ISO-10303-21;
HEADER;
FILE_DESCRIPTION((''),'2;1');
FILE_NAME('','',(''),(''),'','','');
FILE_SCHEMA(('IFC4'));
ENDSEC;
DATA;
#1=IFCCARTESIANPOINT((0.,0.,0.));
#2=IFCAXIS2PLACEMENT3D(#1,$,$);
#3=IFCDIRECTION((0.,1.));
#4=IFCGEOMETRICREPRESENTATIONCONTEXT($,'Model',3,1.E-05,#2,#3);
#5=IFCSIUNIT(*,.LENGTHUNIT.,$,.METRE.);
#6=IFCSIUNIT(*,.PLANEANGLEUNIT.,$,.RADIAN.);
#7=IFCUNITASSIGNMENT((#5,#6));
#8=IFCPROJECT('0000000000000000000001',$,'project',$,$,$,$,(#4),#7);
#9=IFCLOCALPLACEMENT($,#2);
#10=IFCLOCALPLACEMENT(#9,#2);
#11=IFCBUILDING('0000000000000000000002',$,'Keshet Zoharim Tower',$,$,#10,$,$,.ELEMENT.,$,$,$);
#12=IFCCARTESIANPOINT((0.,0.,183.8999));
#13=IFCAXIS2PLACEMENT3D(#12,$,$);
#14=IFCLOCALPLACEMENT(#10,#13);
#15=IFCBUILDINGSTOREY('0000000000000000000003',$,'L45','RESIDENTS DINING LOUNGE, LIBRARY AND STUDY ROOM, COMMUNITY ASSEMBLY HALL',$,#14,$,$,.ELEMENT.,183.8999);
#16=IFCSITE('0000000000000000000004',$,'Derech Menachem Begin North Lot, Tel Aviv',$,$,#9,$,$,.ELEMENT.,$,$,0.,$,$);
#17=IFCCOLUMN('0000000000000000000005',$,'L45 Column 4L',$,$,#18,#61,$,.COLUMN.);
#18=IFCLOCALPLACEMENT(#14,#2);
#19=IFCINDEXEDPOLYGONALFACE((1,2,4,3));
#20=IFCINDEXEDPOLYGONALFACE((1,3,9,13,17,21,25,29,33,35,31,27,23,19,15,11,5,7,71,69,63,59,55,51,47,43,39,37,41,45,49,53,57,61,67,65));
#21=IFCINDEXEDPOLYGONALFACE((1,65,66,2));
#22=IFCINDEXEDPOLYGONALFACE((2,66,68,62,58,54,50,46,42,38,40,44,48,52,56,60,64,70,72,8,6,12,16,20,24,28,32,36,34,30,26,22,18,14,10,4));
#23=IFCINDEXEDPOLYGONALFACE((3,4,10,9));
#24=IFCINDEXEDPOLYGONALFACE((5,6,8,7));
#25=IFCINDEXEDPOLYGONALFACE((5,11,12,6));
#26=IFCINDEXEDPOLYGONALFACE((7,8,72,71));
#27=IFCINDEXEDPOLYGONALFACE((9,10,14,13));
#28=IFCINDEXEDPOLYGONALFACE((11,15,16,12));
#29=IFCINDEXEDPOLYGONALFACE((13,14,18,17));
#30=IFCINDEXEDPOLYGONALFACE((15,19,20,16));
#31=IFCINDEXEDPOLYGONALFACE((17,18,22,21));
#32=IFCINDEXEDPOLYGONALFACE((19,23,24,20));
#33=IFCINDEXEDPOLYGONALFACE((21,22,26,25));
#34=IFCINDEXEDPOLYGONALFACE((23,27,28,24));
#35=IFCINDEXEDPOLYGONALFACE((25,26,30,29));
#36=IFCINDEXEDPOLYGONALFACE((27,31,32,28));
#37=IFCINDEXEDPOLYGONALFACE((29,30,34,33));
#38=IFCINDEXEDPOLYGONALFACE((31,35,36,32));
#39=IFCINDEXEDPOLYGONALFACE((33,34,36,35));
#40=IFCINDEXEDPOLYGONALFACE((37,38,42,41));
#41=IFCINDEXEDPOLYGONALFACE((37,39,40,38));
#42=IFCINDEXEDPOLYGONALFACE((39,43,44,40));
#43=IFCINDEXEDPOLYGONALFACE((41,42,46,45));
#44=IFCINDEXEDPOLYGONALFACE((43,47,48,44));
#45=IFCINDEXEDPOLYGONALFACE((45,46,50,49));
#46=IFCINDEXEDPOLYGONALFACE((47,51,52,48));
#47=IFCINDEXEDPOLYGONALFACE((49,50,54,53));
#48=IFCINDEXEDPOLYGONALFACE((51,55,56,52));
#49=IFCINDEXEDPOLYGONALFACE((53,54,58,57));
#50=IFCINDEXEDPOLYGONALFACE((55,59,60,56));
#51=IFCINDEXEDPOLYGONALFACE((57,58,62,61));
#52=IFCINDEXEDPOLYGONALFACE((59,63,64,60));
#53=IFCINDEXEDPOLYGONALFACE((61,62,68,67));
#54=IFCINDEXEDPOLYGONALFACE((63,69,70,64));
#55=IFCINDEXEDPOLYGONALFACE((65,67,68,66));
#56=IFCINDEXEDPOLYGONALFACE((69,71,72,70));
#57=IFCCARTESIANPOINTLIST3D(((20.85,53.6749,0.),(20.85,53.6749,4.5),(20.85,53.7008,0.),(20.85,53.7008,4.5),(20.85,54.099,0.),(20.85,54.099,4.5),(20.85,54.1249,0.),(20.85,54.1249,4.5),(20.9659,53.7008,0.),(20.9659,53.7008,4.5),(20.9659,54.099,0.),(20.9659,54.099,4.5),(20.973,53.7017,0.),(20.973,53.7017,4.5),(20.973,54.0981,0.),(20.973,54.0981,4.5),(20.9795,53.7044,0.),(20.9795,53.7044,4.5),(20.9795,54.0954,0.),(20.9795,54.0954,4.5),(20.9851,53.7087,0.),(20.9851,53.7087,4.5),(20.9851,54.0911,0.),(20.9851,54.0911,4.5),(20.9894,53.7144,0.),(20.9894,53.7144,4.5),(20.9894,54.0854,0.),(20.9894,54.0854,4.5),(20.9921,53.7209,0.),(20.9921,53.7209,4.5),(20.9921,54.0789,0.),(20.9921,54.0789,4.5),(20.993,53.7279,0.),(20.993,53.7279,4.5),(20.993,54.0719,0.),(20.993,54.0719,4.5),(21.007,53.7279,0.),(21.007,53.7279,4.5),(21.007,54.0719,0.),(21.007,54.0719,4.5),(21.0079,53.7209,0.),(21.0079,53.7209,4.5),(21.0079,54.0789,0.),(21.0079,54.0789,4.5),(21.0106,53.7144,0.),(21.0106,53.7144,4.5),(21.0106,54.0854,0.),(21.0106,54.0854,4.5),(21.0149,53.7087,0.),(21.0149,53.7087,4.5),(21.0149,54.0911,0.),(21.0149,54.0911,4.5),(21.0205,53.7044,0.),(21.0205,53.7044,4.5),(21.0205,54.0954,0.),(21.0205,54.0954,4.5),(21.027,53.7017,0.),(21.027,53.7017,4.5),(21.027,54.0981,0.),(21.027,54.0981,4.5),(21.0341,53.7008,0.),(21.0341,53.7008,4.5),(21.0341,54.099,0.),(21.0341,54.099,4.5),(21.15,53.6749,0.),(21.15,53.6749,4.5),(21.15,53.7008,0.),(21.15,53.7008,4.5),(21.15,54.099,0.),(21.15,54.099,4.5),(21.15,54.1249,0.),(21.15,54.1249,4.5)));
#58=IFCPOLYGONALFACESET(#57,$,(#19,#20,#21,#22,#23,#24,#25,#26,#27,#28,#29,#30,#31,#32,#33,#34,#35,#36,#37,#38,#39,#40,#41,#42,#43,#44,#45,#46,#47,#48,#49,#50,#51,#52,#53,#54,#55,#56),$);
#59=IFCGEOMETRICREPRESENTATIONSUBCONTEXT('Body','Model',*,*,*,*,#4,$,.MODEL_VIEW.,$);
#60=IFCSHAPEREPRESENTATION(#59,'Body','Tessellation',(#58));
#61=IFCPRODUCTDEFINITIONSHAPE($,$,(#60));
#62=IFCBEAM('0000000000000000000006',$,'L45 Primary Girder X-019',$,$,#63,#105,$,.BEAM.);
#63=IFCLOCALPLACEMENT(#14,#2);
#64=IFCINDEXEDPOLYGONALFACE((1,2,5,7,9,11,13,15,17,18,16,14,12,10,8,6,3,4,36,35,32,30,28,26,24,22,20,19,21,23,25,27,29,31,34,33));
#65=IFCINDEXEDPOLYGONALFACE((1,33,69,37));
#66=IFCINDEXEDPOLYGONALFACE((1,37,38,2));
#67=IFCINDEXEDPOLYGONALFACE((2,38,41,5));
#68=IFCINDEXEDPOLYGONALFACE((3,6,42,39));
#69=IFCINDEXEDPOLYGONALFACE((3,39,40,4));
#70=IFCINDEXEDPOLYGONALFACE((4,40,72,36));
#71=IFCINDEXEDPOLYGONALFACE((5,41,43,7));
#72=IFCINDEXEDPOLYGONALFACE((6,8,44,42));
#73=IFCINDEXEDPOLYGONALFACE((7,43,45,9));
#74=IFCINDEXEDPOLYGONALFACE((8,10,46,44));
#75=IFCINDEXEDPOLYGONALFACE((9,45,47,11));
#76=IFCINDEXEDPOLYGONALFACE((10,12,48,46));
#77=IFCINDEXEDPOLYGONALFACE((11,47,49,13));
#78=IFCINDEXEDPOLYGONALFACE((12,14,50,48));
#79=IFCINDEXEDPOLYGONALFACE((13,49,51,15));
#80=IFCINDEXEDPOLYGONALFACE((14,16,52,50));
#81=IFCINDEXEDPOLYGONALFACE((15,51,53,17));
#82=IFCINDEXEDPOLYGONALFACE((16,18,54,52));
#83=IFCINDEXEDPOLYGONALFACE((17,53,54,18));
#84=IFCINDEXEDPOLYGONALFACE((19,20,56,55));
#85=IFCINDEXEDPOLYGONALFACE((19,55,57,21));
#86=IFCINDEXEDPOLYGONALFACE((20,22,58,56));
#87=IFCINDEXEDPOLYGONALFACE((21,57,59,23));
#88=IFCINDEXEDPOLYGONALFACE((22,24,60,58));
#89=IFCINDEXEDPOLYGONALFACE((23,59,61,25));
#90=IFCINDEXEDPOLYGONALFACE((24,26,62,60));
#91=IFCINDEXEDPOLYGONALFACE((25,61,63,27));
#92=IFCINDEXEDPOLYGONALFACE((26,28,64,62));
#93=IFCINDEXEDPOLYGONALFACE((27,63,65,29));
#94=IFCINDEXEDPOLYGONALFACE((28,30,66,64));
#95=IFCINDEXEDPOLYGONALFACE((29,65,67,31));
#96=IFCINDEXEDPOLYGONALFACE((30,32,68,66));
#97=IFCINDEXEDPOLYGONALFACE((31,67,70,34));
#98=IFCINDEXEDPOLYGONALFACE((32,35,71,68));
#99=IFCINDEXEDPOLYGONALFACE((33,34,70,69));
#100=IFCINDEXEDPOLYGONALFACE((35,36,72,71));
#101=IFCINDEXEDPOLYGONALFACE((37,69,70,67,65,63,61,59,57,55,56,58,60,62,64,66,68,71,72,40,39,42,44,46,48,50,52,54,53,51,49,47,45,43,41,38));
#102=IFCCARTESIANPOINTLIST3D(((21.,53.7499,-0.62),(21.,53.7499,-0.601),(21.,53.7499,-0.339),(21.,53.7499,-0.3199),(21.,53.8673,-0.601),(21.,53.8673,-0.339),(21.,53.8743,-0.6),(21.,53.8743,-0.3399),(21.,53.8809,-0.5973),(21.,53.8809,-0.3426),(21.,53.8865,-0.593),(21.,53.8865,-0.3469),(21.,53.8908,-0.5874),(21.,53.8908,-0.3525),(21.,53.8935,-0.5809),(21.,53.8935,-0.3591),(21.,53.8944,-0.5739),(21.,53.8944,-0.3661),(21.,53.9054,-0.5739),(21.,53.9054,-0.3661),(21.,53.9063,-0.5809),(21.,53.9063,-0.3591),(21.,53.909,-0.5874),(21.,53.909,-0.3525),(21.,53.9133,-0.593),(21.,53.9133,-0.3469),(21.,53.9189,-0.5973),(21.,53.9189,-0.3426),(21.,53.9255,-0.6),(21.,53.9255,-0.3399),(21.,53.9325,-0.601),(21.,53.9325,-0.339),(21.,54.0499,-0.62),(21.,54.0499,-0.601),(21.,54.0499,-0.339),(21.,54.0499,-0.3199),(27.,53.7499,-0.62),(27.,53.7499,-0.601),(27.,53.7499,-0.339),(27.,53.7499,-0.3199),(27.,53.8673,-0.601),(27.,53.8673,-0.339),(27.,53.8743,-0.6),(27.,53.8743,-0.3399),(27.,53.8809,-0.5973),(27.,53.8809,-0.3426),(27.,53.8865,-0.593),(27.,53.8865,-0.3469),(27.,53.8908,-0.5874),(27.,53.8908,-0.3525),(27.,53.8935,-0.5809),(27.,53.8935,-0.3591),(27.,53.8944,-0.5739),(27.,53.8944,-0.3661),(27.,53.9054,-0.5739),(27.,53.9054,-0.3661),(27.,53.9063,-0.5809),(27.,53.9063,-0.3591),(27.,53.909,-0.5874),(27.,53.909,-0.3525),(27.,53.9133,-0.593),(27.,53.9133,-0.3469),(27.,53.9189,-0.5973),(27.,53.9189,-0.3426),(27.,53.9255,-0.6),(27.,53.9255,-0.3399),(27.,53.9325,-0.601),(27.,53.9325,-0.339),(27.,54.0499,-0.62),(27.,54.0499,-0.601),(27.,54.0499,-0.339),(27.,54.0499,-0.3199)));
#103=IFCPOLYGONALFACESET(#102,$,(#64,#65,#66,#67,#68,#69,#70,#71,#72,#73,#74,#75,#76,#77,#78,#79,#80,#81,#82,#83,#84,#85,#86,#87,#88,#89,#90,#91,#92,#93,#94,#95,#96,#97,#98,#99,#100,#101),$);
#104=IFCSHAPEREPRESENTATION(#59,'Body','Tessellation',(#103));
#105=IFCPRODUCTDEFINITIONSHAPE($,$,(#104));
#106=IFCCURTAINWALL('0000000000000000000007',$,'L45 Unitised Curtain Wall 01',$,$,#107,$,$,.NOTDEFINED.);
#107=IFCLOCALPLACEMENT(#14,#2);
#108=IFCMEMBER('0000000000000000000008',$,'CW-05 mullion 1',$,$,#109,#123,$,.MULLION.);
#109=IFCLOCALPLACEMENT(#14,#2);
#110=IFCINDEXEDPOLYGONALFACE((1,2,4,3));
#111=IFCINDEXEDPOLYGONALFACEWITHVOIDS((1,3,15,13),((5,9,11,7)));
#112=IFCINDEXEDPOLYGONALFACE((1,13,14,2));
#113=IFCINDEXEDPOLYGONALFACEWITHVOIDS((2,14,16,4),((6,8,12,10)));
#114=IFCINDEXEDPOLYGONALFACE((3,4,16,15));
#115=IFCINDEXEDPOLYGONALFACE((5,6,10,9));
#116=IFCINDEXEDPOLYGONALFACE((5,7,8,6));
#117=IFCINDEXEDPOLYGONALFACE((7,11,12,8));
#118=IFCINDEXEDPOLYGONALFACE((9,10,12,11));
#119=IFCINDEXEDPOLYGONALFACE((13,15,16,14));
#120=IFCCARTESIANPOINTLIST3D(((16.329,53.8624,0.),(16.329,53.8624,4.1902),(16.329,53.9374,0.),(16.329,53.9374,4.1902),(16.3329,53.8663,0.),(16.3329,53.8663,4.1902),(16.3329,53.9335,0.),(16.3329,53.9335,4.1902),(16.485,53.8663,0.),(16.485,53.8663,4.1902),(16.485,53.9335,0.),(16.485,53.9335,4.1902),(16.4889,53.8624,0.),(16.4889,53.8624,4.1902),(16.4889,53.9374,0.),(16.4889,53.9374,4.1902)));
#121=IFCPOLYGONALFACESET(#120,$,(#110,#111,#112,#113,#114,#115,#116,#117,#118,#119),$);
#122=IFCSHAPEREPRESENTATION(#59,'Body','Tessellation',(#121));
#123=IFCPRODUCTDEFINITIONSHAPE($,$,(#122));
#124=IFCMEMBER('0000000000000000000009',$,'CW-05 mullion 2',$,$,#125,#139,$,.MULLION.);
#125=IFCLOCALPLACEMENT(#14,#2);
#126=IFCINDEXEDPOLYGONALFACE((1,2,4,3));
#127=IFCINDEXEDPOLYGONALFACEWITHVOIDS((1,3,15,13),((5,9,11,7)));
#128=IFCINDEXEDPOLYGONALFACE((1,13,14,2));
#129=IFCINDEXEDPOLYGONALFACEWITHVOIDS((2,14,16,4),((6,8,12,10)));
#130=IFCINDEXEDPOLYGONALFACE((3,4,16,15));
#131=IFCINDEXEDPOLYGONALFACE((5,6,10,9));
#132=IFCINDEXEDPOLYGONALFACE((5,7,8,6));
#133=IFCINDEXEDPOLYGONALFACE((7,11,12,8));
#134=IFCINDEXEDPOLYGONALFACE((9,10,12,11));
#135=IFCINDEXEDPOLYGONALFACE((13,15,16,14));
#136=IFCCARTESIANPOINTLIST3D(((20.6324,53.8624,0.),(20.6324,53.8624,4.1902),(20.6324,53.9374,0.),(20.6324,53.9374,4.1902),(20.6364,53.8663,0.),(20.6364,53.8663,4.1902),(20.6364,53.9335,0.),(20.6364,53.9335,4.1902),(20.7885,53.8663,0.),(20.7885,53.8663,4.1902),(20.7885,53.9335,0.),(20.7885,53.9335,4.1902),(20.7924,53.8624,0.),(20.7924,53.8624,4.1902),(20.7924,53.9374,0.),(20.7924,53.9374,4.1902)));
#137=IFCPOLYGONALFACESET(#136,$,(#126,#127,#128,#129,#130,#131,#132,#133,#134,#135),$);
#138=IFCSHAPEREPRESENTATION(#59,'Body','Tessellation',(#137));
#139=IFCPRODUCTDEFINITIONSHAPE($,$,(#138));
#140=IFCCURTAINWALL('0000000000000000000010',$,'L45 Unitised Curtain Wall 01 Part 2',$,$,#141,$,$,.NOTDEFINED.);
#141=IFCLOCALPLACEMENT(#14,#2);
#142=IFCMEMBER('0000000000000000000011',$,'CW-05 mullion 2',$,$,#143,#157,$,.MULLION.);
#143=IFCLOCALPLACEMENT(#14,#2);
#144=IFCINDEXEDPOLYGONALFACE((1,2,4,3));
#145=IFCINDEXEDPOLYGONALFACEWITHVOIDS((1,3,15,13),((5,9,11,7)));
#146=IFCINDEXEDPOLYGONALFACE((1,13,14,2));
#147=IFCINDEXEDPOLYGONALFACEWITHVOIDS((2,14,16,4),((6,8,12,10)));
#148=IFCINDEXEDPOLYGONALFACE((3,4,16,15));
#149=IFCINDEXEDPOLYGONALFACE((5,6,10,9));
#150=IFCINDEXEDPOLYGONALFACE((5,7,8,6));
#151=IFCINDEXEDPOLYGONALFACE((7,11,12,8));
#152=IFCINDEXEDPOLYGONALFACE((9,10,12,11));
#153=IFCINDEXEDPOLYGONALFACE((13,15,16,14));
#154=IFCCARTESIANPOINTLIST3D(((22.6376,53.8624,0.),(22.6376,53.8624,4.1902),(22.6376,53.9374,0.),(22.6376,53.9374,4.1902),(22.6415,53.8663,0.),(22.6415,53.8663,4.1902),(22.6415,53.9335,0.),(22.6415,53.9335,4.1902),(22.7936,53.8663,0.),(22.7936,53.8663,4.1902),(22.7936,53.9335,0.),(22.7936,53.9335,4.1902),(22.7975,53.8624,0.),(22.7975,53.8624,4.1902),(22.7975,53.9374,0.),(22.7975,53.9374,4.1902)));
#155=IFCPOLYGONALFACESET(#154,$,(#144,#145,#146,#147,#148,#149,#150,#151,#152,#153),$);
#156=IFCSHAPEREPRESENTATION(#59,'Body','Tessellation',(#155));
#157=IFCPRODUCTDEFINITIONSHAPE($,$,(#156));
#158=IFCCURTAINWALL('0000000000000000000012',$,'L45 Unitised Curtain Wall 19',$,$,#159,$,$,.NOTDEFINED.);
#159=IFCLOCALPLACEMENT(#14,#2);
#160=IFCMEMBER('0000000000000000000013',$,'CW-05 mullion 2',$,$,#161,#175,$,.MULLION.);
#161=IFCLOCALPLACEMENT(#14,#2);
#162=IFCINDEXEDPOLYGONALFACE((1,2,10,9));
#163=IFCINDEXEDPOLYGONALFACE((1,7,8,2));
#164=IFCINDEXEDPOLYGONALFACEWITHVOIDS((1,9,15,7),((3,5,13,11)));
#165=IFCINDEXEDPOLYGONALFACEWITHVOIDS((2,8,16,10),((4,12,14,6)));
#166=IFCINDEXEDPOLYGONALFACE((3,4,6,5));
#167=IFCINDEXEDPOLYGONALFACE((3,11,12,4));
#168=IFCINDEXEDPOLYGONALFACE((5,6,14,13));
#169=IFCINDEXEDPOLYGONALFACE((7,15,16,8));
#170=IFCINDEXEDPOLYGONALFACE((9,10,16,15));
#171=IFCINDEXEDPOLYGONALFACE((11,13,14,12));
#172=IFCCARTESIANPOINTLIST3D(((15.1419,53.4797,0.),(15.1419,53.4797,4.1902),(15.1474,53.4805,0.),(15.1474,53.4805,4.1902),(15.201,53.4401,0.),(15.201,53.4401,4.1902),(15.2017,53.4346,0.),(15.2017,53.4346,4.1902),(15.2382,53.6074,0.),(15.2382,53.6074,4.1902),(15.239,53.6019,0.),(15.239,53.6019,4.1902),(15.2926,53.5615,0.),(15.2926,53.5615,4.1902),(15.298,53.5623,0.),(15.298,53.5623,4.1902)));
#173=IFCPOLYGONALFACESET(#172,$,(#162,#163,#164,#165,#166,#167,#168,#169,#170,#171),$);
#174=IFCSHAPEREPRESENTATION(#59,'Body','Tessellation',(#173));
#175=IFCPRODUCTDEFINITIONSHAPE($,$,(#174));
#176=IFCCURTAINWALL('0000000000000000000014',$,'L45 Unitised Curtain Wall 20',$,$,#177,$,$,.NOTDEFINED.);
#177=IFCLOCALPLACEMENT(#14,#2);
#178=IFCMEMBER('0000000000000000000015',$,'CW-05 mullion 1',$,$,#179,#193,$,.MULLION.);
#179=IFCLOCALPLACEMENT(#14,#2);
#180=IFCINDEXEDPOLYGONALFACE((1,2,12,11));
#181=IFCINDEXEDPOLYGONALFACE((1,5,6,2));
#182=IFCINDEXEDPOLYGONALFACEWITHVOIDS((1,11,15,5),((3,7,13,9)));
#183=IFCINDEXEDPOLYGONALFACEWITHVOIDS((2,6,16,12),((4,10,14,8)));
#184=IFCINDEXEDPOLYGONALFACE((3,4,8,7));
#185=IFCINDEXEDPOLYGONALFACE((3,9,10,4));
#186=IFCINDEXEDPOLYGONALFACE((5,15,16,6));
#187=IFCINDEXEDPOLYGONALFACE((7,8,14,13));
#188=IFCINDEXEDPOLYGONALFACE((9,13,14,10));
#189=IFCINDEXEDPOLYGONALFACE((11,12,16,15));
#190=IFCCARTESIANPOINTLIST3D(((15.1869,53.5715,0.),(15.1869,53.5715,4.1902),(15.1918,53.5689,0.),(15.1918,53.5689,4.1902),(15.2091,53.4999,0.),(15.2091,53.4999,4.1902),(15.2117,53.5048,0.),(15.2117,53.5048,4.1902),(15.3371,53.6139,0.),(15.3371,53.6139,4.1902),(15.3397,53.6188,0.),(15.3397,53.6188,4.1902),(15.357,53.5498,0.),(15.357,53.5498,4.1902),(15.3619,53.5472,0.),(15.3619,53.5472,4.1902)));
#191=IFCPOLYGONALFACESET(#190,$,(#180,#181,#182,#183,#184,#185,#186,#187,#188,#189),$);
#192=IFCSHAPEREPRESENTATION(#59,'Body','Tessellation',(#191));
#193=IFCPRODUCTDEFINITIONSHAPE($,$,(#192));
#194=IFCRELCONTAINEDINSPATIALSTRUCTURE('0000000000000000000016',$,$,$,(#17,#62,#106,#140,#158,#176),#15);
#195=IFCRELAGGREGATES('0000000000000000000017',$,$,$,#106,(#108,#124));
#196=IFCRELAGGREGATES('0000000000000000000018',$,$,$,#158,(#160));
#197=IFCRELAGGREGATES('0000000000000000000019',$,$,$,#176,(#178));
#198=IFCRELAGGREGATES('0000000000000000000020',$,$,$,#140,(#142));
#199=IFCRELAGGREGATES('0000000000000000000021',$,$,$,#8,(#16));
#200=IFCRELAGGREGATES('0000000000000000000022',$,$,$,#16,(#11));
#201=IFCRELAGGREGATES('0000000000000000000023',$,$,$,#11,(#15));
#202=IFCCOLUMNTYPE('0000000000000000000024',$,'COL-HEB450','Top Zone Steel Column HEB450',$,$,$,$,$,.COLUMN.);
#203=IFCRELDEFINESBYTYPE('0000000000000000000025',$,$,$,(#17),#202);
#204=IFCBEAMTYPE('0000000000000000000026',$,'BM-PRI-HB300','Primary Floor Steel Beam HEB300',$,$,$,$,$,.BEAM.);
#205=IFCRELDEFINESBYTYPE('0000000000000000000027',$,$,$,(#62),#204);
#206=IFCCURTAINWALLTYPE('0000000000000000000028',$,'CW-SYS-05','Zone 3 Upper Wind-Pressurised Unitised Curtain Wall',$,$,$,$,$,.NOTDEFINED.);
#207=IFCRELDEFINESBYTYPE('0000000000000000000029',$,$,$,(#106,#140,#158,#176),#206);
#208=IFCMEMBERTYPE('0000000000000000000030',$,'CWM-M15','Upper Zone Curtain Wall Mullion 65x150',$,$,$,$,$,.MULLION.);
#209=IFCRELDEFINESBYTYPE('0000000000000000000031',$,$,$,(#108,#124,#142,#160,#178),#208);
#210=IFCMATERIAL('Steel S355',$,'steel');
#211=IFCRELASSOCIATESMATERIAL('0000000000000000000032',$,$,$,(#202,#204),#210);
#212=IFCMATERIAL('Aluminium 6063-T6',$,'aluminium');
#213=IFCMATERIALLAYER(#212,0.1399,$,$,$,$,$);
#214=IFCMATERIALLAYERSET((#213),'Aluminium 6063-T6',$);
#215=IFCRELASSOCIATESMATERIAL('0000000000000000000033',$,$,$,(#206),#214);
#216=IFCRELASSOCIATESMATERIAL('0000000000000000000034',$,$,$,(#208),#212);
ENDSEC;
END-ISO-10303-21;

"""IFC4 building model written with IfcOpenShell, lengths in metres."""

from ifc_helpers import new_model, si_unit, direction, frame, origin, origin_2d, place, context, subcontext, project, spatial, hollow_rectangle, i_section, extrude, material, layer, layer_set, material_profile, profile_set, type_object, element, aggregate, save


model = new_model("IFC4")

# Units and contexts
model_context = context("Model", 3, precision=1e-05, world=origin(), true_north=direction((0.0, 1.0)))
body_context = subcontext(model_context, "Body", "Model", "MODEL_VIEW")
ifc_project = project(units=[si_unit("LENGTHUNIT", "METRE"), si_unit("PLANEANGLEUNIT", "RADIAN")], contexts=[model_context])

# Site, building, storey
site_placement = place(None, origin())
site = spatial("IfcSite", under=ifc_project, at=site_placement, Name="Derech Menachem Begin North Lot, Tel Aviv", CompositionType="ELEMENT", RefElevation=0.0)
building_placement = place(site_placement, origin())
building = spatial("IfcBuilding", under=site, at=building_placement, Name="Keshet Zoharim Tower", CompositionType="ELEMENT")
storey_placement = place(building_placement, frame((0.0, 0.0, 183.8999)))
storey = spatial("IfcBuildingStorey", under=building, at=storey_placement, Name="L45", Description="RESIDENTS DINING LOUNGE, LIBRARY AND STUDY ROOM, COMMUNITY ASSEMBLY HALL", CompositionType="ELEMENT", Elevation=183.8999)

# Column
ifc_material_1 = material(Name="Steel S355", Category="steel")
ifc_material_profile_1 = material_profile(ifc_material_1, i_section(OverallWidth=0.3, OverallDepth=0.45, WebThickness=0.0139, FlangeThickness=0.0259, FilletRadius=0.0271, at=origin_2d()), Name="HEB450")
ifc_profile_set_1 = profile_set([ifc_material_profile_1], Name="Steel S355")
column_type = type_object("IfcColumnType", Name="COL-HEB450", Description="Top Zone Steel Column HEB450", PredefinedType="COLUMN", material=ifc_profile_set_1)
column_placement = place(storey_placement, frame((21.0, 53.8999, 0.0), z_axis=(0.0, 0.0, 1.0), x_axis=(1.0, 0.0, 0.0)))
element("IfcColumn", 1, at=column_placement, inside=storey, type_object=column_type, Name="L45 Column 4L", PredefinedType="COLUMN", context=body_context, shape_type="SweptSolid", body=[
    extrude(i_section(OverallWidth=0.3, OverallDepth=0.45, WebThickness=0.0139, FlangeThickness=0.0259, FilletRadius=0.0271, at=origin_2d()), origin(), (0.0, 0.0, 1.0), 4.5),
])

# Beam
ifc_material_profile_2 = material_profile(ifc_material_1, i_section(OverallWidth=0.3, OverallDepth=0.3, WebThickness=0.011, FlangeThickness=0.019, FilletRadius=0.0271, at=origin_2d()), Name="HEB300")
ifc_profile_set_2 = profile_set([ifc_material_profile_2], Name="Steel S355")
beam_type = type_object("IfcBeamType", Name="BM-PRI-HB300", Description="Primary Floor Steel Beam HEB300", PredefinedType="BEAM", material=ifc_profile_set_2)
beam_placement = place(storey_placement, frame((21.0, 53.8999, -0.47), z_axis=(1.0, 0.0, 0.0), x_axis=(0.0, 1.0, 0.0)))
element("IfcBeam", 2, at=beam_placement, inside=storey, type_object=beam_type, Name="L45 Primary Girder X-019", PredefinedType="BEAM", context=body_context, shape_type="SweptSolid", body=[
    extrude(i_section(OverallWidth=0.3, OverallDepth=0.3, WebThickness=0.011, FlangeThickness=0.019, FilletRadius=0.0271, at=origin_2d()), origin(), (0.0, 0.0, 1.0), 6.0),
])

# Curtain wall, members
ifc_material_2 = material(Name="Aluminium 6063-T6", Category="aluminium")
ifc_layer_1 = layer(ifc_material_2, 0.1399)
ifc_layer_set_1 = layer_set([ifc_layer_1], Name="Aluminium 6063-T6")
curtain_wall_type = type_object("IfcCurtainWallType", Name="CW-SYS-05", Description="Zone 3 Upper Wind-Pressurised Unitised Curtain Wall", PredefinedType="NOTDEFINED", material=ifc_layer_set_1)
curtain_wall_1_placement = place(storey_placement, origin())
curtain_wall_1 = element("IfcCurtainWall", 3, at=curtain_wall_1_placement, inside=storey, type_object=curtain_wall_type, Name="L45 Unitised Curtain Wall 01", PredefinedType="NOTDEFINED")
ifc_material_profile_3 = material_profile(ifc_material_2, hollow_rectangle(XDim=0.075, YDim=0.1599, WallThickness=0.0039, at=origin_2d()), Name="MUL-75x160")
ifc_profile_set_3 = profile_set([ifc_material_profile_3], Name="Aluminium 6063-T6")
member_type_1 = type_object("IfcMemberType", Name="CWM-M15", Description="Upper Zone Curtain Wall Mullion 65x150", PredefinedType="MULLION", material=ifc_profile_set_3)
member_1_placement = place(storey_placement, frame((16.4089, 53.8999, 0.0), z_axis=(0.0, 0.0, 1.0), x_axis=(0.0, 1.0, 0.0)))
member_1 = element("IfcMember", 4, at=member_1_placement, type_object=member_type_1, Name="CW-05 mullion 1", PredefinedType="MULLION", context=body_context, shape_type="SweptSolid", body=[
    extrude(hollow_rectangle(XDim=0.075, YDim=0.1599, WallThickness=0.0039, at=origin_2d()), origin(), (0.0, 0.0, 1.0), 4.1902),
])
member_2_placement = place(storey_placement, frame((20.7124, 53.8999, 0.0), z_axis=(0.0, 0.0, 1.0), x_axis=(0.0, 1.0, 0.0)))
member_2 = element("IfcMember", 5, at=member_2_placement, type_object=member_type_1, Name="CW-05 mullion 2", PredefinedType="MULLION", context=body_context, shape_type="SweptSolid", body=[
    extrude(hollow_rectangle(XDim=0.075, YDim=0.1599, WallThickness=0.0039, at=origin_2d()), origin(), (0.0, 0.0, 1.0), 4.1902),
])

# Curtain walls, members
curtain_wall_2_placement = place(storey_placement, origin())
curtain_wall_2 = element("IfcCurtainWall", 6, at=curtain_wall_2_placement, inside=storey, type_object=curtain_wall_type, Name="L45 Unitised Curtain Wall 01 Part 2", PredefinedType="NOTDEFINED")
member_3_placement = place(storey_placement, frame((22.7175, 53.8999, 0.0), z_axis=(0.0, 0.0, 1.0), x_axis=(0.0, 1.0, 0.0)))
member_3 = element("IfcMember", 7, at=member_3_placement, type_object=member_type_1, Name="CW-05 mullion 2", PredefinedType="MULLION", context=body_context, shape_type="SweptSolid", body=[
    extrude(hollow_rectangle(XDim=0.075, YDim=0.1599, WallThickness=0.0039, at=origin_2d()), origin(), (0.0, 0.0, 1.0), 4.1902),
])
curtain_wall_3_placement = place(storey_placement, origin())
curtain_wall_3 = element("IfcCurtainWall", 8, at=curtain_wall_3_placement, inside=storey, type_object=curtain_wall_type, Name="L45 Unitised Curtain Wall 19", PredefinedType="NOTDEFINED")
member_4_placement = place(storey_placement, frame((15.22, 53.521, 0.0), z_axis=(0.0, 0.0, 1.0), x_axis=(-0.798362, 0.602178, 0.0)))
member_4 = element("IfcMember", 9, at=member_4_placement, type_object=member_type_1, Name="CW-05 mullion 2", PredefinedType="MULLION", context=body_context, shape_type="SweptSolid", body=[
    extrude(hollow_rectangle(XDim=0.075, YDim=0.1599, WallThickness=0.0039, at=origin_2d()), origin(), (0.0, 0.0, 1.0), 4.1902),
])

# Curtain wall, member
curtain_wall_4_placement = place(storey_placement, origin())
curtain_wall_4 = element("IfcCurtainWall", 10, at=curtain_wall_4_placement, inside=storey, type_object=curtain_wall_type, Name="L45 Unitised Curtain Wall 20", PredefinedType="NOTDEFINED")
member_5_placement = place(storey_placement, frame((15.2744, 53.5593, 0.0), z_axis=(0.0, 0.0, 1.0), x_axis=(-0.295922, 0.955212, 0.0)))
member_5 = element("IfcMember", 11, at=member_5_placement, type_object=member_type_1, Name="CW-05 mullion 1", PredefinedType="MULLION", context=body_context, shape_type="SweptSolid", body=[
    extrude(hollow_rectangle(XDim=0.075, YDim=0.1599, WallThickness=0.0039, at=origin_2d()), origin(), (0.0, 0.0, 1.0), 4.1902),
])

aggregate(curtain_wall_1, [member_1, member_2])
aggregate(curtain_wall_3, [member_4])
aggregate(curtain_wall_4, [member_5])
aggregate(curtain_wall_2, [member_3])

save(model, "model.ifc")
